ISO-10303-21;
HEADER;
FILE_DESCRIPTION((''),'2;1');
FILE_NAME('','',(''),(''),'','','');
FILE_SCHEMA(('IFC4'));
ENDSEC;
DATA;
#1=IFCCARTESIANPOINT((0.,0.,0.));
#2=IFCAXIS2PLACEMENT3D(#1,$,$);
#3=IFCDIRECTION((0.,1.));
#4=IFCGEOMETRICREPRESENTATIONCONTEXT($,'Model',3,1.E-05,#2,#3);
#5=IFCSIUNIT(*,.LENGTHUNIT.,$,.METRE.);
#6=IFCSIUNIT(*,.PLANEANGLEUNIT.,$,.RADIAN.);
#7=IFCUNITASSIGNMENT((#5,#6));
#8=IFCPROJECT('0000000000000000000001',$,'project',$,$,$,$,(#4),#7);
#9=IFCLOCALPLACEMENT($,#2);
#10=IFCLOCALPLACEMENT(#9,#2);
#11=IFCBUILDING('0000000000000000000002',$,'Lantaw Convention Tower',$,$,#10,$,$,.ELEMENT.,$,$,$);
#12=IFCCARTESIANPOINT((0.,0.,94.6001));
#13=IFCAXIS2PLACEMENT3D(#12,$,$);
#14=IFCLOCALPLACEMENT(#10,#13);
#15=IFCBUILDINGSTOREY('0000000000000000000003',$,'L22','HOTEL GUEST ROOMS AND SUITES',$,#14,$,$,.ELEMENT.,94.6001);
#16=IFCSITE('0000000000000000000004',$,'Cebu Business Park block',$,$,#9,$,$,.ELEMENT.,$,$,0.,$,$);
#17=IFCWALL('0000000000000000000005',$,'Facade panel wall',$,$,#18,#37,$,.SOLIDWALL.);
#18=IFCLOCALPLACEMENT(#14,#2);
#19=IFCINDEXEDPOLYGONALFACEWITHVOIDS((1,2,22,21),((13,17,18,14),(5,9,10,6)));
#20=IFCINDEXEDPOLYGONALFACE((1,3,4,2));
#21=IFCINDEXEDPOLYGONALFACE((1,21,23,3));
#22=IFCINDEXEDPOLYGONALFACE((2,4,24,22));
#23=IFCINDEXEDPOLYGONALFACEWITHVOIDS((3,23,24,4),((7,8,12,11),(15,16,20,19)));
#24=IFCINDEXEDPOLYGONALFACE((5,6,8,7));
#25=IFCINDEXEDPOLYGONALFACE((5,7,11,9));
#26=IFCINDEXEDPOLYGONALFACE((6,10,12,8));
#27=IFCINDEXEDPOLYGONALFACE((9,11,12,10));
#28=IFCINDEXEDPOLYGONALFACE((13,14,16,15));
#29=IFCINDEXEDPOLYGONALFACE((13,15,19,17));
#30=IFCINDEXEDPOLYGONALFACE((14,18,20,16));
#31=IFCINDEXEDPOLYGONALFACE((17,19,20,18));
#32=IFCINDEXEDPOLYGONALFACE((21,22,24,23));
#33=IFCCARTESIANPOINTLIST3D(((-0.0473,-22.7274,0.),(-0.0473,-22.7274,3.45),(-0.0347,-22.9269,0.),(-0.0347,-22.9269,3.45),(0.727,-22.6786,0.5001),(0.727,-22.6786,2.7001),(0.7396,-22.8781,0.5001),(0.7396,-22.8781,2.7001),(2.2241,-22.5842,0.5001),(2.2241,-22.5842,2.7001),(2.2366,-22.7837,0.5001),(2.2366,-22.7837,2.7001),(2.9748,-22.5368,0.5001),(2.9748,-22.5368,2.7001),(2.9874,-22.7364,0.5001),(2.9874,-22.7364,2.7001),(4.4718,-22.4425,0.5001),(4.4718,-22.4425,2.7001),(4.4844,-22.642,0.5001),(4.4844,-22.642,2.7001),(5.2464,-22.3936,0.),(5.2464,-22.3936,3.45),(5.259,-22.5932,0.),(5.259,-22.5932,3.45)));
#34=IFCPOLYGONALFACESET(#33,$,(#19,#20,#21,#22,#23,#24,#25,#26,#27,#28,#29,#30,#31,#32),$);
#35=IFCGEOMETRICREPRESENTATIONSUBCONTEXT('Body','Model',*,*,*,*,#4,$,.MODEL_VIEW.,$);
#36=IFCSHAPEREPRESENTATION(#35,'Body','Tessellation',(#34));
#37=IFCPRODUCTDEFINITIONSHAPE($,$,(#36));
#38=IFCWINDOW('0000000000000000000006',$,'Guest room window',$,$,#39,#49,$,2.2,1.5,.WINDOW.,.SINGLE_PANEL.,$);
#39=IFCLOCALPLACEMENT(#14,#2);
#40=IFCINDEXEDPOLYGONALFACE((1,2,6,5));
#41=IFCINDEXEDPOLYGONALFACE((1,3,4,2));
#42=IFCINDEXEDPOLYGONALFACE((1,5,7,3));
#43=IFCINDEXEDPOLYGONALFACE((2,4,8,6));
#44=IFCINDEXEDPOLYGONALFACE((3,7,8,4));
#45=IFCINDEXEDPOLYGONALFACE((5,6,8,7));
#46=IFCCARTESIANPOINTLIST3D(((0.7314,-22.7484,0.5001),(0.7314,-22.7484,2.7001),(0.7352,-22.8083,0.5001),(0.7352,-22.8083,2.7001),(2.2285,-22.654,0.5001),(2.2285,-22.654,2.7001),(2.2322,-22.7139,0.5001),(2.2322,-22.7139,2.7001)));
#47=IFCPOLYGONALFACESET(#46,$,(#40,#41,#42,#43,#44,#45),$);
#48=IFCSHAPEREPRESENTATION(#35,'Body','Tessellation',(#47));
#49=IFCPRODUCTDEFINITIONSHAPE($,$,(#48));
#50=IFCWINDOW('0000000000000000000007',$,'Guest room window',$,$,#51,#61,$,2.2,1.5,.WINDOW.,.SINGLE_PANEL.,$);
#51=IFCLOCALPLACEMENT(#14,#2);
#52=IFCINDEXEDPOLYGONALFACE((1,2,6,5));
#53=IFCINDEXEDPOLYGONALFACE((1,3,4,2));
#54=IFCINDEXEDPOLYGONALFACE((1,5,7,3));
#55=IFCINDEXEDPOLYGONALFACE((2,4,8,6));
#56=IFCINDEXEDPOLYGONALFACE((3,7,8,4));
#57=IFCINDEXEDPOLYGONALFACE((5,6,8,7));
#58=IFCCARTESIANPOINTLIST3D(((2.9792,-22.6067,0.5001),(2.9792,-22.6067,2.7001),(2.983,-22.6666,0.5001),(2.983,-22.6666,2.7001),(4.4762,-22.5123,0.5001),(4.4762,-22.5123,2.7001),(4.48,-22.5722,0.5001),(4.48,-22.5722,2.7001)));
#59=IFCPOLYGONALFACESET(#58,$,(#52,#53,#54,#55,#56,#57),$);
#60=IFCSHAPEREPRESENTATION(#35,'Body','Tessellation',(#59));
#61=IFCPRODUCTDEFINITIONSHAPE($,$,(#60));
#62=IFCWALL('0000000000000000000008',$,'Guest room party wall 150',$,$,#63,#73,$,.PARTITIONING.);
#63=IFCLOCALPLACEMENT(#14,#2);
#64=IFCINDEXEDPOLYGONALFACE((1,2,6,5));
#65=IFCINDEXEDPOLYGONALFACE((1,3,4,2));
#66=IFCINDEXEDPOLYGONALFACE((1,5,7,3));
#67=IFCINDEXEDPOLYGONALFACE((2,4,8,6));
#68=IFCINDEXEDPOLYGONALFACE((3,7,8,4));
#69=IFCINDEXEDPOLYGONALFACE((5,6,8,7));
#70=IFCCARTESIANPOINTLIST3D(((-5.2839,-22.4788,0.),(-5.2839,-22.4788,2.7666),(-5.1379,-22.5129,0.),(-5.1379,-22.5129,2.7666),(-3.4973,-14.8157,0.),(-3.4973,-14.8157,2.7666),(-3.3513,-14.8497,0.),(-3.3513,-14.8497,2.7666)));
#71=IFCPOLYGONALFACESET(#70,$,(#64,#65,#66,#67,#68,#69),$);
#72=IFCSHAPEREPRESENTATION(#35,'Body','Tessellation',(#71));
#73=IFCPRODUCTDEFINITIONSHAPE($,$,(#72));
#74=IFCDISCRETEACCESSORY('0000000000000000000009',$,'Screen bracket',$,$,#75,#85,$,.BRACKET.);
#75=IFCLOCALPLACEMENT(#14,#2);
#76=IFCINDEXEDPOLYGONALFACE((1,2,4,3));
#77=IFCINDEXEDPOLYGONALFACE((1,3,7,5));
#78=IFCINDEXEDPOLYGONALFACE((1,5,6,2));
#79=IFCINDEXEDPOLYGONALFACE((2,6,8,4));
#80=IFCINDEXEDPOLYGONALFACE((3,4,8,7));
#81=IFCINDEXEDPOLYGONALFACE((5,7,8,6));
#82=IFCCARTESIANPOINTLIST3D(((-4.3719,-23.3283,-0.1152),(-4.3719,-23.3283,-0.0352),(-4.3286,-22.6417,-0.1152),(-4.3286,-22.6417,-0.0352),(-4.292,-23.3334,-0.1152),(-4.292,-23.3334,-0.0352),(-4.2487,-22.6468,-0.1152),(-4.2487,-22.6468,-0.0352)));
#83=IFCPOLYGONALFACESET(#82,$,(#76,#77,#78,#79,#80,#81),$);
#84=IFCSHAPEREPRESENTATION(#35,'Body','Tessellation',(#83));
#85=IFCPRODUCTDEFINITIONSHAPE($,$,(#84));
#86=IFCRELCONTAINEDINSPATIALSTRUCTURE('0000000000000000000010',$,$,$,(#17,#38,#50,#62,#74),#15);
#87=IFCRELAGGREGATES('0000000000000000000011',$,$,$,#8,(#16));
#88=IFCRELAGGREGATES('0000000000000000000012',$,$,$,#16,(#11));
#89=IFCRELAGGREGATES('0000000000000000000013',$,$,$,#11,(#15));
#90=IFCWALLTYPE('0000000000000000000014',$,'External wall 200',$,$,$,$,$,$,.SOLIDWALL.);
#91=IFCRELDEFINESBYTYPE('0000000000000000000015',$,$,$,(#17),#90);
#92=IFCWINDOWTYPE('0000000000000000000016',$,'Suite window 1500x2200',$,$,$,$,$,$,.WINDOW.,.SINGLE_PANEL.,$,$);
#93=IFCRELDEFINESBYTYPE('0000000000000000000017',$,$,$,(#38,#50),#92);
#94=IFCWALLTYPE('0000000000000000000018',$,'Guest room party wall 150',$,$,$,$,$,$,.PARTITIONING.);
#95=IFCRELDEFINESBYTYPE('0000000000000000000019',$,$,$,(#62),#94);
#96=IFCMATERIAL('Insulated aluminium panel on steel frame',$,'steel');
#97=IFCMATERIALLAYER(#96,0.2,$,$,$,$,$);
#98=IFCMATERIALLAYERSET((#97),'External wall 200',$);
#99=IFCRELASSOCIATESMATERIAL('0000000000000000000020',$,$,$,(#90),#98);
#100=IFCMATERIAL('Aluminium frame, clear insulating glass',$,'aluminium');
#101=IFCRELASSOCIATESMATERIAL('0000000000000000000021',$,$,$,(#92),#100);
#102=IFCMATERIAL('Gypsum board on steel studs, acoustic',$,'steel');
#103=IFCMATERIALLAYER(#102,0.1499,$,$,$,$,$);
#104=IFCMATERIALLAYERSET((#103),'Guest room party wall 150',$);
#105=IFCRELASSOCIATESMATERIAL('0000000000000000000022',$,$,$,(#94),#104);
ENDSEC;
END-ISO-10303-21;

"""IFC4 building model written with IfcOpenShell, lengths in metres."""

from ifc_helpers import new_model, si_unit, direction, frame, frame_2d, origin, origin_2d, place, context, subcontext, project, spatial, rectangle, extrude, material, layer, layer_set, type_object, element, fill, save


model = new_model("IFC4")

# Units and contexts
model_context = context("Model", 3, precision=1e-05, world=origin(), true_north=direction((0.0, 1.0)))
body_context = subcontext(model_context, "Body", "Model", "MODEL_VIEW")
ifc_project = project(units=[si_unit("LENGTHUNIT", "METRE"), si_unit("PLANEANGLEUNIT", "RADIAN")], contexts=[model_context])

# Site, building, storey
site_placement = place(None, origin())
site = spatial("IfcSite", under=ifc_project, at=site_placement, Name="Cebu Business Park block", CompositionType="ELEMENT", RefElevation=0.0)
building_placement = place(site_placement, origin())
building = spatial("IfcBuilding", under=site, at=building_placement, Name="Lantaw Convention Tower", CompositionType="ELEMENT")
storey_placement = place(building_placement, frame((0.0, 0.0, 94.6001)))
storey = spatial("IfcBuildingStorey", under=building, at=storey_placement, Name="L22", Description="HOTEL GUEST ROOMS AND SUITES", CompositionType="ELEMENT", Elevation=94.6001)

# Wall, openings, windows
ifc_material_1 = material(Name="Insulated aluminium panel on steel frame", Category="steel")
ifc_layer_1 = layer(ifc_material_1, 0.2)
ifc_layer_set_1 = layer_set([ifc_layer_1], Name="External wall 200")
wall_type_1 = type_object("IfcWallType", Name="External wall 200", PredefinedType="SOLIDWALL", material=ifc_layer_set_1)
wall_1_placement = place(storey_placement, frame((-0.041, -22.8271, 0.0), z_axis=(0.0, 0.0, 1.0), x_axis=(0.998019, 0.06292, 0.0)))
wall_1 = element("IfcWall", 1, at=wall_1_placement, inside=storey, type_object=wall_type_1, Name="Facade panel wall", PredefinedType="SOLIDWALL", context=body_context, shape_type="SweptSolid", body=[
    extrude(rectangle(XDim=5.3042, YDim=0.2, at=frame_2d((2.6521, 0.0))), origin(), (0.0, 0.0, 1.0), 3.45),
])
opening_1_placement = place(wall_1_placement, frame((0.7759, 0.0, 0.5)))
opening_1 = element("IfcOpeningElement", 2, at=opening_1_placement, cuts=wall_1, PredefinedType="OPENING", context=body_context, shape_type="SweptSolid", body=[
    extrude(rectangle(XDim=1.5, YDim=2.2, at=frame_2d((0.75, 1.1001))), frame((0.0, 0.1099, 0.0), z_axis=(0.0, -1.0, 0.0), x_axis=(1.0, 0.0, 0.0)), (0.0, 0.0, 1.0), 0.22),
])
opening_2_placement = place(wall_1_placement, frame((3.0281, 0.0, 0.5)))
opening_2 = element("IfcOpeningElement", 3, at=opening_2_placement, cuts=wall_1, PredefinedType="OPENING", context=body_context, shape_type="SweptSolid", body=[
    extrude(rectangle(XDim=1.5, YDim=2.2, at=frame_2d((0.75, 1.1001))), frame((0.0, 0.1099, 0.0), z_axis=(0.0, -1.0, 0.0), x_axis=(1.0, 0.0, 0.0)), (0.0, 0.0, 1.0), 0.22),
])
ifc_material_2 = material(Name="Aluminium frame, clear insulating glass", Category="aluminium")
window_type = type_object("IfcWindowType", Name="Suite window 1500x2200", PartitioningType="SINGLE_PANEL", PredefinedType="WINDOW", material=ifc_material_2)
window_1_placement = place(opening_1_placement, origin())
window_1 = element("IfcWindow", 4, at=window_1_placement, inside=storey, type_object=window_type, Name="Guest room window", OverallHeight=2.2, OverallWidth=1.5, PartitioningType="SINGLE_PANEL", PredefinedType="WINDOW", context=body_context, shape_type="SweptSolid", body=[
    extrude(rectangle(XDim=1.5, YDim=2.2, at=frame_2d((0.75, 1.1001))), frame((0.0, 0.03, 0.0), z_axis=(0.0, -1.0, 0.0), x_axis=(1.0, 0.0, 0.0)), (0.0, 0.0, 1.0), 0.0601),
])
fill(opening_1, window_1)
window_2_placement = place(opening_2_placement, origin())
window_2 = element("IfcWindow", 5, at=window_2_placement, inside=storey, type_object=window_type, Name="Guest room window", OverallHeight=2.2, OverallWidth=1.5, PartitioningType="SINGLE_PANEL", PredefinedType="WINDOW", context=body_context, shape_type="SweptSolid", body=[
    extrude(rectangle(XDim=1.5, YDim=2.2, at=frame_2d((0.75, 1.1001))), frame((0.0, 0.03, 0.0), z_axis=(0.0, -1.0, 0.0), x_axis=(1.0, 0.0, 0.0)), (0.0, 0.0, 1.0), 0.0601),
])
fill(opening_2, window_2)

# Wall
ifc_material_3 = material(Name="Gypsum board on steel studs, acoustic", Category="steel")
ifc_layer_2 = layer(ifc_material_3, 0.1499)
ifc_layer_set_2 = layer_set([ifc_layer_2], Name="Guest room party wall 150")
wall_type_2 = type_object("IfcWallType", Name="Guest room party wall 150", PredefinedType="PARTITIONING", material=ifc_layer_set_2)
wall_2_placement = place(storey_placement, frame((-5.2109, -22.4958, 0.0), z_axis=(0.0, 0.0, 1.0), x_axis=(0.227057, 0.973881, 0.0)))
element("IfcWall", 6, at=wall_2_placement, inside=storey, type_object=wall_type_2, Name="Guest room party wall 150", PredefinedType="PARTITIONING", context=body_context, shape_type="SweptSolid", body=[
    extrude(rectangle(XDim=7.8687, YDim=0.1499, at=frame_2d((3.9343, 0.0))), origin(), (0.0, 0.0, 1.0), 2.7666),
])

# Discrete accessory
discrete_accessory_placement = place(storey_placement, frame((-4.3103, -22.9875, -0.1152), z_axis=(0.0, 0.0, 1.0), x_axis=(0.998016, -0.062958, 0.0)))
element("IfcDiscreteAccessory", 7, at=discrete_accessory_placement, inside=storey, Name="Screen bracket", PredefinedType="BRACKET", context=body_context, shape_type="SweptSolid", body=[
    extrude(rectangle(XDim=0.0801, YDim=0.688, at=origin_2d()), origin(), (0.0, 0.0, 1.0), 0.0801),
])

save(model, "model.ifc")
